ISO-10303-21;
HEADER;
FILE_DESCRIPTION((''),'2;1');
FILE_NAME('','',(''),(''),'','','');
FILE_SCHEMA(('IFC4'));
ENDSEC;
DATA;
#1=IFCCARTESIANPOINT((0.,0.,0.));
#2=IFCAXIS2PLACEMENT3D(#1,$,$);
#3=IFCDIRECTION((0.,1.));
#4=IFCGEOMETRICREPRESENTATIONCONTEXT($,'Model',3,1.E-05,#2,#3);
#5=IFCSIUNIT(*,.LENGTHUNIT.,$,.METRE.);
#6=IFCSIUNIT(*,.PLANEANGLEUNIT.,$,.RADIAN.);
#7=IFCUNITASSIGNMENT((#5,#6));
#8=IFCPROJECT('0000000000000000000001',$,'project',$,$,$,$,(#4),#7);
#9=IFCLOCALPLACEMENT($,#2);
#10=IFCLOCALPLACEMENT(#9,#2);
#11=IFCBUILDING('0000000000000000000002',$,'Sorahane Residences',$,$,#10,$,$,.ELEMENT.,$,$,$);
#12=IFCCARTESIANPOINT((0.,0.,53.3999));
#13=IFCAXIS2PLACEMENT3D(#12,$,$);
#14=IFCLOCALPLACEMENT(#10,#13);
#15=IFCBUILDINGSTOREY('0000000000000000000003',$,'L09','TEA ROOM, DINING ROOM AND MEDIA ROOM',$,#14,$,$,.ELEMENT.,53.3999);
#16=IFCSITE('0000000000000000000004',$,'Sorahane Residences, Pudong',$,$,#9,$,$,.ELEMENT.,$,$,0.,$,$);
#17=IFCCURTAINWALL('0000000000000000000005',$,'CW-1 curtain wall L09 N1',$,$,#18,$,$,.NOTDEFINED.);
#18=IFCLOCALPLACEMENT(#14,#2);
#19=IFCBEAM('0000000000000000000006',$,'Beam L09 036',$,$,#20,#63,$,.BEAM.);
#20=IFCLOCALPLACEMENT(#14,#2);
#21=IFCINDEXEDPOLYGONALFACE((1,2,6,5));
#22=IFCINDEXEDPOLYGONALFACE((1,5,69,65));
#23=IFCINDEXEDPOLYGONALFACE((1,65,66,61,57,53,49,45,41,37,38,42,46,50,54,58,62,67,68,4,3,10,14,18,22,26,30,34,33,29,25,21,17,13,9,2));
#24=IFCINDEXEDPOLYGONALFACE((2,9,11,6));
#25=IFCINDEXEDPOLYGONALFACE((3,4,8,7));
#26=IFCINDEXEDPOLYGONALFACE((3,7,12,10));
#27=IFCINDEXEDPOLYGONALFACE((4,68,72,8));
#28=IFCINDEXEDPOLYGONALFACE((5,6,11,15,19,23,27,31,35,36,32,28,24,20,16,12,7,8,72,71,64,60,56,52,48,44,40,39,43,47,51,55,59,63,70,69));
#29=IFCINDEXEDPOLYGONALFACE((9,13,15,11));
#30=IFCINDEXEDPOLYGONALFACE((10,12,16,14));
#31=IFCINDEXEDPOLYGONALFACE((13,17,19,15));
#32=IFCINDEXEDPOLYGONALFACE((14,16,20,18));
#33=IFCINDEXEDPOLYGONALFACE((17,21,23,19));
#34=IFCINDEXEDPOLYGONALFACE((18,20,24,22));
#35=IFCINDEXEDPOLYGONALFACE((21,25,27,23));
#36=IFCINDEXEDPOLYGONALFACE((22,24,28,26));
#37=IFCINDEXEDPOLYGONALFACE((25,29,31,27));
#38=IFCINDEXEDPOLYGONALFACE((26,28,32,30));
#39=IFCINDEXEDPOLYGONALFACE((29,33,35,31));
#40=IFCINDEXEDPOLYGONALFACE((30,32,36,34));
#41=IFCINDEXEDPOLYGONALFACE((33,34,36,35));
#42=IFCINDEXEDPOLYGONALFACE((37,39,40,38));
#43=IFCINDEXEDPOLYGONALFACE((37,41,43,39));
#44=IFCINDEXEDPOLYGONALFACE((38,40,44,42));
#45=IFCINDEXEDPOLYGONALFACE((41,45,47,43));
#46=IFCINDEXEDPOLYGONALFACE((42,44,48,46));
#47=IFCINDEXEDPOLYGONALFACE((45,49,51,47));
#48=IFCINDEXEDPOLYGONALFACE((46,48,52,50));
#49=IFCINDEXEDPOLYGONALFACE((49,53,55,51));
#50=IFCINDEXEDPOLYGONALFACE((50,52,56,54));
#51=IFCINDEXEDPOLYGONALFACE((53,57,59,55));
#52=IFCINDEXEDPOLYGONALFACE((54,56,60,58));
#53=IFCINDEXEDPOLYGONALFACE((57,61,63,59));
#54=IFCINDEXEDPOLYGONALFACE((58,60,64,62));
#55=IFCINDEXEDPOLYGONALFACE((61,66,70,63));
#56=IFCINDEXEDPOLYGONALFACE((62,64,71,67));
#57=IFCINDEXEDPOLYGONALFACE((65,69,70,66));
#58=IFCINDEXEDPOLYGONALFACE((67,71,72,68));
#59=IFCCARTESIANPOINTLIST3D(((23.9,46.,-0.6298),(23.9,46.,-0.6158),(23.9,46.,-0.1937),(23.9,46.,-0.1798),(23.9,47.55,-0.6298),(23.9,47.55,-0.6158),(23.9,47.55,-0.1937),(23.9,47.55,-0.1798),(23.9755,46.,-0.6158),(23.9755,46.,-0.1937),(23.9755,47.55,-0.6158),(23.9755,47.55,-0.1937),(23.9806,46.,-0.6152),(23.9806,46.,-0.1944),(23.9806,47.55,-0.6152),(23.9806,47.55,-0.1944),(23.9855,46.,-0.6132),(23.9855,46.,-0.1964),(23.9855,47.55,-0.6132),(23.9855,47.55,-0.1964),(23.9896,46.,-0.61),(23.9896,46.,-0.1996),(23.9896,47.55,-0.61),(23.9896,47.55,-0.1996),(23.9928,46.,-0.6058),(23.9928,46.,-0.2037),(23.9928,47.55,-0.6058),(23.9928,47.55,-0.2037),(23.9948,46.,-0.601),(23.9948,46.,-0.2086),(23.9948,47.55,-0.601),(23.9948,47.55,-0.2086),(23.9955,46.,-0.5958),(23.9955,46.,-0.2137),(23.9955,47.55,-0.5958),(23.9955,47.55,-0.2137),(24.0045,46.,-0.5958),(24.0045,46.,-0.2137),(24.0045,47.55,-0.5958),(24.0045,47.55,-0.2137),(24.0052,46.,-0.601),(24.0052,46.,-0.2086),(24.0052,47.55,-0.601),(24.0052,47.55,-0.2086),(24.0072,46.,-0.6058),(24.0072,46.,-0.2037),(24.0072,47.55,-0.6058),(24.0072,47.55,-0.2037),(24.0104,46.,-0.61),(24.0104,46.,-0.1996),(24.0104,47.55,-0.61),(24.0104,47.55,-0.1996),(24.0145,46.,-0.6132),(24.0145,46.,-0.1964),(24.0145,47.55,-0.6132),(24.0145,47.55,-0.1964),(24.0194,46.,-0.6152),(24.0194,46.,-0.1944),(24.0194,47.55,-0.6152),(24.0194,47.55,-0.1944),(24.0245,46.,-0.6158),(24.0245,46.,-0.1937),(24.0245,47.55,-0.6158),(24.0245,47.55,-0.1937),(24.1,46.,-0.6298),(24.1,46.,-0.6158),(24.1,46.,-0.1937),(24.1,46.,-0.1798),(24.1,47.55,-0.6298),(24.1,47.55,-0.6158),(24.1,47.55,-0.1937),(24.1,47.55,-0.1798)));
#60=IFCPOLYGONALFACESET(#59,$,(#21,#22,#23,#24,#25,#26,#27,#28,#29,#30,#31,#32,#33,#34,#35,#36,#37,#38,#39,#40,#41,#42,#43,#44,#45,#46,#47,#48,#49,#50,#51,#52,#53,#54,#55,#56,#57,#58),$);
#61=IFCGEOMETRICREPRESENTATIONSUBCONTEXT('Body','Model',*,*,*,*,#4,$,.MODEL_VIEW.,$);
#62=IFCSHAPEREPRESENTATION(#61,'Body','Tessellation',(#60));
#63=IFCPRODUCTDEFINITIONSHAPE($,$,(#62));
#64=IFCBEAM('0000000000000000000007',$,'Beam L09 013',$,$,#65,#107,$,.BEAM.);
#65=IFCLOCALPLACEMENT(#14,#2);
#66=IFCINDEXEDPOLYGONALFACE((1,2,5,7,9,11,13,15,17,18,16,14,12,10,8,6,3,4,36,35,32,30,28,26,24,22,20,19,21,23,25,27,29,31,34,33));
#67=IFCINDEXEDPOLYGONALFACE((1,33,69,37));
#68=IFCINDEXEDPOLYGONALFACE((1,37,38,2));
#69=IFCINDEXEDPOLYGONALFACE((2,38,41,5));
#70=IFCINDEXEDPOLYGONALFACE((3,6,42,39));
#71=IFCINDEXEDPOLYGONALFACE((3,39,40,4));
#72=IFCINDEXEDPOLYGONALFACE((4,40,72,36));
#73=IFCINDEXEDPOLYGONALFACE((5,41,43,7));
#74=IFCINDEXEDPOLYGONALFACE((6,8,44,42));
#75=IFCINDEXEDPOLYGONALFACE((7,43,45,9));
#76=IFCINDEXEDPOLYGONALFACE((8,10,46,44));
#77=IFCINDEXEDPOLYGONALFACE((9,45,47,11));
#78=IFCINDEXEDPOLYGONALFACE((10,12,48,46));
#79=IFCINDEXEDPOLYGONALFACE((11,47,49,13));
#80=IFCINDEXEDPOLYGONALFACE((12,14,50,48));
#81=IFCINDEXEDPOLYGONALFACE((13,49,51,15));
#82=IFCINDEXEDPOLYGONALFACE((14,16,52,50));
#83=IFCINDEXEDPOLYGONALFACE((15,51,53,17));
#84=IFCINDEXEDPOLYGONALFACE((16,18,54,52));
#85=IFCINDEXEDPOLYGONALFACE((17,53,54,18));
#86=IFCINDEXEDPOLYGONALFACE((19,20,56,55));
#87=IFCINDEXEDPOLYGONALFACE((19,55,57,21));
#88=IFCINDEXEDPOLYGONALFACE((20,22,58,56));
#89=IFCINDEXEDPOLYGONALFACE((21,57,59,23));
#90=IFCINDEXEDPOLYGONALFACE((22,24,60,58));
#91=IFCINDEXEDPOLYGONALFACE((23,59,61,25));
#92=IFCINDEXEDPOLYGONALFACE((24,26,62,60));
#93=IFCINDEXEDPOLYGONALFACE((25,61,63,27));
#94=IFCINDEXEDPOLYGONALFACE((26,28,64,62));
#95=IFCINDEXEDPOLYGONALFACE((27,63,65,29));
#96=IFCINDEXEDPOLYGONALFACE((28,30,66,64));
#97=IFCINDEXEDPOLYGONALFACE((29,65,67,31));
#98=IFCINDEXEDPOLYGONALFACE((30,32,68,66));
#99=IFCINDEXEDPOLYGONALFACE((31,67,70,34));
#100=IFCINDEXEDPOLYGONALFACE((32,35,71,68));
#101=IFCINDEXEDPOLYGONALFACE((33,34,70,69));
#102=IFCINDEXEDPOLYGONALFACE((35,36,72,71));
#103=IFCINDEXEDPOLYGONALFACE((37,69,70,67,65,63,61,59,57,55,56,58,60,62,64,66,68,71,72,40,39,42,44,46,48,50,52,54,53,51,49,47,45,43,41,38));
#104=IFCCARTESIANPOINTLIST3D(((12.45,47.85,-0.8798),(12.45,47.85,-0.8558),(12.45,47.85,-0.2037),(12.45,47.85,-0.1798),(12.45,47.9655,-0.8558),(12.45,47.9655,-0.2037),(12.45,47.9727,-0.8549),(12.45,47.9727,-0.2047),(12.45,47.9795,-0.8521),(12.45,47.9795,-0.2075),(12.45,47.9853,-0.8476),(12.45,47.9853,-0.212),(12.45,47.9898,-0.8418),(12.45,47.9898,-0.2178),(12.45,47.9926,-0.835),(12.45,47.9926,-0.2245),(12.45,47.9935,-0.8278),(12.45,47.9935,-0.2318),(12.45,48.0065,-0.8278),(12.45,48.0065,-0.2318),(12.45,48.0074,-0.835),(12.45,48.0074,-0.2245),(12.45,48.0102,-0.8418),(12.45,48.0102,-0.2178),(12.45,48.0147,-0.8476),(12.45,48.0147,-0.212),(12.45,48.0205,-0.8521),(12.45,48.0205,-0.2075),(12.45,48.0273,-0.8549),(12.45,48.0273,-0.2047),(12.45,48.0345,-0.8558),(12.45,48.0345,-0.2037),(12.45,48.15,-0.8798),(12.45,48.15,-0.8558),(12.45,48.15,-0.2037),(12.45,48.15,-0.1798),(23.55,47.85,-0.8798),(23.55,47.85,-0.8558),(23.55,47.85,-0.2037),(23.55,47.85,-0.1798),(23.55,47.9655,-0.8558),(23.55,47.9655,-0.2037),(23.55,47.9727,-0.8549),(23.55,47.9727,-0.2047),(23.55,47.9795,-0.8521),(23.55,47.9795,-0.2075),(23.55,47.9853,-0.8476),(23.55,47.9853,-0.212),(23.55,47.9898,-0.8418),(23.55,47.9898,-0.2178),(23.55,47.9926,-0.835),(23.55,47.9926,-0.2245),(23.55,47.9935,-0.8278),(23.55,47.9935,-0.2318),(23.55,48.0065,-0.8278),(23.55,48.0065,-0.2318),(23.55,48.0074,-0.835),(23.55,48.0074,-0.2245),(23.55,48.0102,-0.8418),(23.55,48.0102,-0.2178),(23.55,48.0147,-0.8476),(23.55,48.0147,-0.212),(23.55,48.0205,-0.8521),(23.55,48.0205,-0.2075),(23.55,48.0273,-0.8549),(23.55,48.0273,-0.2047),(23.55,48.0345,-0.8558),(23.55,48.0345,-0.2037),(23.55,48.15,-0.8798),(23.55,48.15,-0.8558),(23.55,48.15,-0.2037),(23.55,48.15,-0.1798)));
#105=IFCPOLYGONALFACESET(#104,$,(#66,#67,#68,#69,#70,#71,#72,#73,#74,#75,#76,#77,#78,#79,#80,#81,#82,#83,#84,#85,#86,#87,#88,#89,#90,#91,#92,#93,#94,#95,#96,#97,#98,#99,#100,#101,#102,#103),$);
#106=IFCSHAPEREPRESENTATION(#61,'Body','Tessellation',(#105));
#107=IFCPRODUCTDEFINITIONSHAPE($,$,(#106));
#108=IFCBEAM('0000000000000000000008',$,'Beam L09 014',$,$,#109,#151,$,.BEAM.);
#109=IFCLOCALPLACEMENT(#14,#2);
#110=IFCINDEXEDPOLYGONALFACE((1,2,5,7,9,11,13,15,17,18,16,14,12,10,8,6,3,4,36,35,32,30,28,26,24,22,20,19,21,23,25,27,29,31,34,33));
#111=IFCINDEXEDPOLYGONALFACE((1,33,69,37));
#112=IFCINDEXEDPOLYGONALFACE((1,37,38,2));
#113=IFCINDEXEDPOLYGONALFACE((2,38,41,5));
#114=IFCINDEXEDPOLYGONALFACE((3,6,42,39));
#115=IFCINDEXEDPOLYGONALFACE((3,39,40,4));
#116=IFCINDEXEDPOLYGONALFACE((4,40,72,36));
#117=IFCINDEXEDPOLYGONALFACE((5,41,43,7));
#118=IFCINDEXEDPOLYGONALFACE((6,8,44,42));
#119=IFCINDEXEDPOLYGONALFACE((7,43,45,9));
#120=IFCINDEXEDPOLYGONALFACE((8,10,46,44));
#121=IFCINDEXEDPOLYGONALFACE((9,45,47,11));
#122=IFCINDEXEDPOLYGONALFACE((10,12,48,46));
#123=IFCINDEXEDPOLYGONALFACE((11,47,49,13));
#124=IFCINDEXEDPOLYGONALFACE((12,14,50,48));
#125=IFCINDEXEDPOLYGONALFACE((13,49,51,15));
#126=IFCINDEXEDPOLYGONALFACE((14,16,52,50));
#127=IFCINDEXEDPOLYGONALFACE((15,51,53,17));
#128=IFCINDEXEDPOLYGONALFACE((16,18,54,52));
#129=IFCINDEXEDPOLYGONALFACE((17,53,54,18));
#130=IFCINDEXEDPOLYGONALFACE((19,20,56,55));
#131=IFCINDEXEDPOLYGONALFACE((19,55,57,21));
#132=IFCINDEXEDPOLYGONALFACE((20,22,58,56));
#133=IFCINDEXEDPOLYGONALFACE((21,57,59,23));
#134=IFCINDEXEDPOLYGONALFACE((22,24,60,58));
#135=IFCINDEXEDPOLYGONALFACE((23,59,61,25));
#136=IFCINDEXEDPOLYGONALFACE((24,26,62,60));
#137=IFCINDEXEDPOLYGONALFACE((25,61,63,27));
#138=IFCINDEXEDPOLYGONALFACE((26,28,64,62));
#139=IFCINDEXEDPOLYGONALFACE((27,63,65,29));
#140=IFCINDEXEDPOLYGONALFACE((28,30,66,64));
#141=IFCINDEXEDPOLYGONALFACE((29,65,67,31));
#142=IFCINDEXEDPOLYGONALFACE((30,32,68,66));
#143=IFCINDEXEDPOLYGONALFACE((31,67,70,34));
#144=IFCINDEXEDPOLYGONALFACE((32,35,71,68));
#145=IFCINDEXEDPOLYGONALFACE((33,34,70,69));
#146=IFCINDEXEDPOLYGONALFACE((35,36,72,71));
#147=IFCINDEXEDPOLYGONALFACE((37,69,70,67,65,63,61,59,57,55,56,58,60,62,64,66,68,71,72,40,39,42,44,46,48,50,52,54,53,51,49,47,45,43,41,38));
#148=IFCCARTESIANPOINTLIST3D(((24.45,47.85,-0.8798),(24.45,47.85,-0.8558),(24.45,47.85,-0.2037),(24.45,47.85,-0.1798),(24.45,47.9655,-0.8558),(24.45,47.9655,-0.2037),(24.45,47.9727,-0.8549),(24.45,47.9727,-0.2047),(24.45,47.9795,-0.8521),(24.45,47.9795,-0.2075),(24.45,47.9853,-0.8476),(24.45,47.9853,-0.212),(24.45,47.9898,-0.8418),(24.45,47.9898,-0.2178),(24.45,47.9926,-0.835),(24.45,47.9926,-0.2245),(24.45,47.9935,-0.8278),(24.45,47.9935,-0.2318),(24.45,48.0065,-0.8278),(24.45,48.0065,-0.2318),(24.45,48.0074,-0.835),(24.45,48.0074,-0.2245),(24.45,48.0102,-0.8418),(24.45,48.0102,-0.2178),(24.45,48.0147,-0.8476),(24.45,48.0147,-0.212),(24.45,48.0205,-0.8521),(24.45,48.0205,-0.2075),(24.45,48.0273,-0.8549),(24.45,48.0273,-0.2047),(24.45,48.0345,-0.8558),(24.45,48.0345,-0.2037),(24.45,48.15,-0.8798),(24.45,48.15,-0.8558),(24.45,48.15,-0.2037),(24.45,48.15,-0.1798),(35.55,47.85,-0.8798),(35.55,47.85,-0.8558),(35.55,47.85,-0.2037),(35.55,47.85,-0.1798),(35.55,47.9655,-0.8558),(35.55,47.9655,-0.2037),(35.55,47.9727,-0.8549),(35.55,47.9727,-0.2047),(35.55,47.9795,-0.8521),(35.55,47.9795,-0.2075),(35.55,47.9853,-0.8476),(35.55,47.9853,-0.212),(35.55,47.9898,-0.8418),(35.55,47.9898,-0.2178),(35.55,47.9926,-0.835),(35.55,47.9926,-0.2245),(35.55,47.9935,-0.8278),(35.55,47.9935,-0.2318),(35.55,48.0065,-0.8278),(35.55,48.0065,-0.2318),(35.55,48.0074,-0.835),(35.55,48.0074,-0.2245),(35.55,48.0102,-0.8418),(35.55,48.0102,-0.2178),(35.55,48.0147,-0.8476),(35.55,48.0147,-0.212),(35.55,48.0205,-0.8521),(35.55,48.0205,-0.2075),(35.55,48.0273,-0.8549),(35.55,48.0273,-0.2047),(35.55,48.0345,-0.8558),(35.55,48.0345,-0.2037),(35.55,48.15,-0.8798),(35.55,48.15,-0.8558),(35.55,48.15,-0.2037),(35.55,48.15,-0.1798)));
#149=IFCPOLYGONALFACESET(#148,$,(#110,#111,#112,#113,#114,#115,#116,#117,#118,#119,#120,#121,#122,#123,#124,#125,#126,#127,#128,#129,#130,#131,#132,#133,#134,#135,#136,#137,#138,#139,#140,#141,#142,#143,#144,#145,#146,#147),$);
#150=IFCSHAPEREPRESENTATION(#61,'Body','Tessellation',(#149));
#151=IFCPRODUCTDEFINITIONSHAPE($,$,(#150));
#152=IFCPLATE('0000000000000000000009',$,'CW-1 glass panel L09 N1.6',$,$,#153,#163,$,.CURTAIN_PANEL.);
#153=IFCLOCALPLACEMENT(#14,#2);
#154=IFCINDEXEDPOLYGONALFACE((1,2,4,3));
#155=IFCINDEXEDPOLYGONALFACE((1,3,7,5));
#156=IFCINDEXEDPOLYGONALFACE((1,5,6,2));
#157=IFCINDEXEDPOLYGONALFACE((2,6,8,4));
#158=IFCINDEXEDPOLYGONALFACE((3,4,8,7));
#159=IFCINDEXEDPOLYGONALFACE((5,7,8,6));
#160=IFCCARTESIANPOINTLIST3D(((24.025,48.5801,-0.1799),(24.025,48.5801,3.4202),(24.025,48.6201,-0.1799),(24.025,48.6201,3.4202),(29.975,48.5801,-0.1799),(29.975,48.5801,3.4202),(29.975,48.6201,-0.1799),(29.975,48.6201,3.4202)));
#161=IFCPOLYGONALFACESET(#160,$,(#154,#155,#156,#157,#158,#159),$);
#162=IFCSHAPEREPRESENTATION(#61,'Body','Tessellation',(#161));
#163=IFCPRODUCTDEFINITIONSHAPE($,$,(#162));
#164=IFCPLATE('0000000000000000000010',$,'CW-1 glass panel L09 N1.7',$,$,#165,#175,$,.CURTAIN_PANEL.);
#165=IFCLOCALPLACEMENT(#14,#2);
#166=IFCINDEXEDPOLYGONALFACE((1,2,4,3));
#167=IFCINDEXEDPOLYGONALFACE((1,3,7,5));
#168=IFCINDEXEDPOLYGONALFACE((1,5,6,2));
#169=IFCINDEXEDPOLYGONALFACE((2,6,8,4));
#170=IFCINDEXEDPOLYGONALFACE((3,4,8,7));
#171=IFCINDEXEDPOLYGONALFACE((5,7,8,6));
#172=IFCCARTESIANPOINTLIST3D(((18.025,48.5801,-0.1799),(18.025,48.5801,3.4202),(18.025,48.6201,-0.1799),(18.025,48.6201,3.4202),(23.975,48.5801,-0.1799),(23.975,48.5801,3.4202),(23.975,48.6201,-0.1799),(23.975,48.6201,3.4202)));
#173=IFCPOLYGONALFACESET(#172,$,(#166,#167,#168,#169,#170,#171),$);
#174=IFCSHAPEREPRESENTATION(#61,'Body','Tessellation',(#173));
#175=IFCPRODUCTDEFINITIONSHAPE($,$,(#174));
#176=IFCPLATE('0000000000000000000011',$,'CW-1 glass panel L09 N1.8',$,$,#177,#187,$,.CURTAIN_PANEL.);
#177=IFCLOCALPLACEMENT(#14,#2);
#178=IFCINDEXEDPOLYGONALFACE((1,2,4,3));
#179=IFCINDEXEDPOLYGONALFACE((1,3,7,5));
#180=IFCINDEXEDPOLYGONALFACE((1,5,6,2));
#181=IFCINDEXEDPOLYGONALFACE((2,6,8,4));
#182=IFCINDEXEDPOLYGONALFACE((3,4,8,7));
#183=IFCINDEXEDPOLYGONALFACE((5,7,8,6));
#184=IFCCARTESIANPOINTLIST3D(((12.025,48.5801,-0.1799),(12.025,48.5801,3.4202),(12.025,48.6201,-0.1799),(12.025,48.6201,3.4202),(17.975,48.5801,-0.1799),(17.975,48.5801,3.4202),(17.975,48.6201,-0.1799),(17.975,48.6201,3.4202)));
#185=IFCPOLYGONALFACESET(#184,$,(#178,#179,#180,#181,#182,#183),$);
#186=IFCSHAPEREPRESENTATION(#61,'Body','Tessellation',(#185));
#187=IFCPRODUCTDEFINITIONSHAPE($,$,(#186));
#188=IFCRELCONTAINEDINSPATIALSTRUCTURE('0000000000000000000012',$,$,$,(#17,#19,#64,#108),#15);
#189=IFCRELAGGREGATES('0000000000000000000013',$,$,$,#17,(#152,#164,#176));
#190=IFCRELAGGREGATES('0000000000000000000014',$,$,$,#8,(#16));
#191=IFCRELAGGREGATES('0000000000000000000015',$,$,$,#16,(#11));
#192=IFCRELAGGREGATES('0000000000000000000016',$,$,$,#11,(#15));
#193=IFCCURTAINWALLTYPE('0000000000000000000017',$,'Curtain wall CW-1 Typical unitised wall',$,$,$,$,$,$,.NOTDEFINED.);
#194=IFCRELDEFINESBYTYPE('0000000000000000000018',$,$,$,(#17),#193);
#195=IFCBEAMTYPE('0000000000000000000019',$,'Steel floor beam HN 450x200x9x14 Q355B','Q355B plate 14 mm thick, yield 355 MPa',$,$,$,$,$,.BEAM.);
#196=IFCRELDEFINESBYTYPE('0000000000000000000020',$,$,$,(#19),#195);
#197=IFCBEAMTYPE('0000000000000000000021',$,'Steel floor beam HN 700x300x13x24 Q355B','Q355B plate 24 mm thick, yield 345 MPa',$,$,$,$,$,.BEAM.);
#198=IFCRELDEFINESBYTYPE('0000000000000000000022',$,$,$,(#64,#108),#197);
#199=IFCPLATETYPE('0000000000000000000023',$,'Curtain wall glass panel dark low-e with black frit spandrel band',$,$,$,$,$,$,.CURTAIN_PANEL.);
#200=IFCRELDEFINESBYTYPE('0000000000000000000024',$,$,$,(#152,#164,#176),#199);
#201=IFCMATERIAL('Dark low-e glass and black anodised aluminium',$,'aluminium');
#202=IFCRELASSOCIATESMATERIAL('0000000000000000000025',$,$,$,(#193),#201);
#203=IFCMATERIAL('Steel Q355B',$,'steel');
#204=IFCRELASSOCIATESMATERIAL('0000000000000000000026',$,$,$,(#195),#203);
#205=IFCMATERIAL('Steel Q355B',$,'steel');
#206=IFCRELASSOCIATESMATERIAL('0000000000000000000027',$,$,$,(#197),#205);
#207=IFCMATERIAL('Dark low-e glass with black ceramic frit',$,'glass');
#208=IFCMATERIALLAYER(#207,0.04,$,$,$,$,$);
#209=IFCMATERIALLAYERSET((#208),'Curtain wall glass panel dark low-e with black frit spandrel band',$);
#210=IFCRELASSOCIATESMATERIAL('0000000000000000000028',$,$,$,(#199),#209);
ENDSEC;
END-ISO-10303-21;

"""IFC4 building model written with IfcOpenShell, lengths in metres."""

from ifc_helpers import new_model, si_unit, direction, frame, origin, origin_2d, place, context, subcontext, project, spatial, rectangle, i_section, extrude, material, layer, layer_set, material_profile, profile_set, type_object, element, aggregate, save


model = new_model("IFC4")

# Units and contexts
model_context = context("Model", 3, precision=1e-05, world=origin(), true_north=direction((0.0, 1.0)))
body_context = subcontext(model_context, "Body", "Model", "MODEL_VIEW")
ifc_project = project(units=[si_unit("LENGTHUNIT", "METRE"), si_unit("PLANEANGLEUNIT", "RADIAN")], contexts=[model_context])

# Site, building, storey
site_placement = place(None, origin())
site = spatial("IfcSite", under=ifc_project, at=site_placement, Name="Sorahane Residences, Pudong", CompositionType="ELEMENT", RefElevation=0.0)
building_placement = place(site_placement, origin())
building = spatial("IfcBuilding", under=site, at=building_placement, Name="Sorahane Residences", CompositionType="ELEMENT")
storey_placement = place(building_placement, frame((0.0, 0.0, 53.3999)))
storey = spatial("IfcBuildingStorey", under=building, at=storey_placement, Name="L09", Description="TEA ROOM, DINING ROOM AND MEDIA ROOM", CompositionType="ELEMENT", Elevation=53.3999)

# Curtain wall
ifc_material_1 = material(Name="Dark low-e glass and black anodised aluminium", Category="aluminium")
curtain_wall_type = type_object("IfcCurtainWallType", Name="Curtain wall CW-1 Typical unitised wall", PredefinedType="NOTDEFINED", material=ifc_material_1)
curtain_wall_placement = place(storey_placement, origin())
curtain_wall = element("IfcCurtainWall", 1, at=curtain_wall_placement, inside=storey, type_object=curtain_wall_type, Name="CW-1 curtain wall L09 N1", PredefinedType="NOTDEFINED")

# Beams
ifc_material_2 = material(Name="Steel Q355B", Category="steel")
ifc_material_profile_1 = material_profile(ifc_material_2, i_section(OverallWidth=0.2, OverallDepth=0.45, WebThickness=0.009, FlangeThickness=0.0139, FilletRadius=0.02, at=origin_2d()), Name="HN 450x200x9x14")
ifc_profile_set_1 = profile_set([ifc_material_profile_1], Name="Steel Q355B")
beam_type_1 = type_object("IfcBeamType", Name="Steel floor beam HN 450x200x9x14 Q355B", Description="Q355B plate 14 mm thick, yield 355 MPa", PredefinedType="BEAM", material=ifc_profile_set_1)
beam_1_placement = place(storey_placement, frame((24.0, 46.0, -0.4048), z_axis=(0.0, 1.0, 0.0), x_axis=(-1.0, 0.0, 0.0)))
element("IfcBeam", 2, at=beam_1_placement, inside=storey, type_object=beam_type_1, Name="Beam L09 036", PredefinedType="BEAM", context=body_context, shape_type="SweptSolid", body=[
    extrude(i_section(OverallWidth=0.2, OverallDepth=0.45, WebThickness=0.009, FlangeThickness=0.0139, FilletRadius=0.02, at=origin_2d()), origin(), (0.0, 0.0, 1.0), 1.55),
])
ifc_material_3 = material(Name="Steel Q355B", Category="steel")
ifc_material_profile_2 = material_profile(ifc_material_3, i_section(OverallWidth=0.3, OverallDepth=0.7, WebThickness=0.0129, FlangeThickness=0.0239, FilletRadius=0.0281, at=origin_2d()), Name="HN 700x300x13x24")
ifc_profile_set_2 = profile_set([ifc_material_profile_2], Name="Steel Q355B")
beam_type_2 = type_object("IfcBeamType", Name="Steel floor beam HN 700x300x13x24 Q355B", Description="Q355B plate 24 mm thick, yield 345 MPa", PredefinedType="BEAM", material=ifc_profile_set_2)
for number, where, z_axis, x_axis, name in (
    (3, (12.45, 48.0, -0.5298), (1.0, 0.0, 0.0), (0.0, 1.0, 0.0), "Beam L09 013"),
    (4, (24.45, 48.0, -0.5298), (1.0, 0.0, 0.0), (0.0, 1.0, 0.0), "Beam L09 014"),
):
    element("IfcBeam", number, at=place(storey_placement, frame(where, z_axis=z_axis, x_axis=x_axis)), inside=storey, type_object=beam_type_2, Name=name, PredefinedType="BEAM", context=body_context, shape_type="SweptSolid", body=[
        extrude(i_section(OverallWidth=0.3, OverallDepth=0.7, WebThickness=0.0129, FlangeThickness=0.0239, FilletRadius=0.0281, at=origin_2d()), origin(), (0.0, 0.0, 1.0), 11.1001),
    ])

# Plates
ifc_material_4 = material(Name="Dark low-e glass with black ceramic frit", Category="glass")
ifc_layer_1 = layer(ifc_material_4, 0.04)
ifc_layer_set_1 = layer_set([ifc_layer_1], Name="Curtain wall glass panel dark low-e with black frit spandrel band")
plate_type = type_object("IfcPlateType", Name="Curtain wall glass panel dark low-e with black frit spandrel band", PredefinedType="CURTAIN_PANEL", material=ifc_layer_set_1)
plate_1_placement = place(storey_placement, frame((27.0, 48.6001, -0.1799), z_axis=(0.0, 0.0, 1.0), x_axis=(-1.0, 0.0, 0.0)))
plate_1 = element("IfcPlate", 5, at=plate_1_placement, type_object=plate_type, Name="CW-1 glass panel L09 N1.6", PredefinedType="CURTAIN_PANEL", context=body_context, shape_type="SweptSolid", body=[
    extrude(rectangle(XDim=5.95, YDim=0.04, at=origin_2d()), origin(), (0.0, 0.0, 1.0), 3.6001),
])
plate_2_placement = place(storey_placement, frame((21.0, 48.6001, -0.1799), z_axis=(0.0, 0.0, 1.0), x_axis=(-1.0, 0.0, 0.0)))
plate_2 = element("IfcPlate", 6, at=plate_2_placement, type_object=plate_type, Name="CW-1 glass panel L09 N1.7", PredefinedType="CURTAIN_PANEL", context=body_context, shape_type="SweptSolid", body=[
    extrude(rectangle(XDim=5.95, YDim=0.04, at=origin_2d()), origin(), (0.0, 0.0, 1.0), 3.6001),
])
plate_3_placement = place(storey_placement, frame((15.0, 48.6001, -0.1799), z_axis=(0.0, 0.0, 1.0), x_axis=(-1.0, 0.0, 0.0)))
plate_3 = element("IfcPlate", 7, at=plate_3_placement, type_object=plate_type, Name="CW-1 glass panel L09 N1.8", PredefinedType="CURTAIN_PANEL", context=body_context, shape_type="SweptSolid", body=[
    extrude(rectangle(XDim=5.95, YDim=0.04, at=origin_2d()), origin(), (0.0, 0.0, 1.0), 3.6001),
])
aggregate(curtain_wall, [plate_1, plate_2, plate_3])

save(model, "model.ifc")
